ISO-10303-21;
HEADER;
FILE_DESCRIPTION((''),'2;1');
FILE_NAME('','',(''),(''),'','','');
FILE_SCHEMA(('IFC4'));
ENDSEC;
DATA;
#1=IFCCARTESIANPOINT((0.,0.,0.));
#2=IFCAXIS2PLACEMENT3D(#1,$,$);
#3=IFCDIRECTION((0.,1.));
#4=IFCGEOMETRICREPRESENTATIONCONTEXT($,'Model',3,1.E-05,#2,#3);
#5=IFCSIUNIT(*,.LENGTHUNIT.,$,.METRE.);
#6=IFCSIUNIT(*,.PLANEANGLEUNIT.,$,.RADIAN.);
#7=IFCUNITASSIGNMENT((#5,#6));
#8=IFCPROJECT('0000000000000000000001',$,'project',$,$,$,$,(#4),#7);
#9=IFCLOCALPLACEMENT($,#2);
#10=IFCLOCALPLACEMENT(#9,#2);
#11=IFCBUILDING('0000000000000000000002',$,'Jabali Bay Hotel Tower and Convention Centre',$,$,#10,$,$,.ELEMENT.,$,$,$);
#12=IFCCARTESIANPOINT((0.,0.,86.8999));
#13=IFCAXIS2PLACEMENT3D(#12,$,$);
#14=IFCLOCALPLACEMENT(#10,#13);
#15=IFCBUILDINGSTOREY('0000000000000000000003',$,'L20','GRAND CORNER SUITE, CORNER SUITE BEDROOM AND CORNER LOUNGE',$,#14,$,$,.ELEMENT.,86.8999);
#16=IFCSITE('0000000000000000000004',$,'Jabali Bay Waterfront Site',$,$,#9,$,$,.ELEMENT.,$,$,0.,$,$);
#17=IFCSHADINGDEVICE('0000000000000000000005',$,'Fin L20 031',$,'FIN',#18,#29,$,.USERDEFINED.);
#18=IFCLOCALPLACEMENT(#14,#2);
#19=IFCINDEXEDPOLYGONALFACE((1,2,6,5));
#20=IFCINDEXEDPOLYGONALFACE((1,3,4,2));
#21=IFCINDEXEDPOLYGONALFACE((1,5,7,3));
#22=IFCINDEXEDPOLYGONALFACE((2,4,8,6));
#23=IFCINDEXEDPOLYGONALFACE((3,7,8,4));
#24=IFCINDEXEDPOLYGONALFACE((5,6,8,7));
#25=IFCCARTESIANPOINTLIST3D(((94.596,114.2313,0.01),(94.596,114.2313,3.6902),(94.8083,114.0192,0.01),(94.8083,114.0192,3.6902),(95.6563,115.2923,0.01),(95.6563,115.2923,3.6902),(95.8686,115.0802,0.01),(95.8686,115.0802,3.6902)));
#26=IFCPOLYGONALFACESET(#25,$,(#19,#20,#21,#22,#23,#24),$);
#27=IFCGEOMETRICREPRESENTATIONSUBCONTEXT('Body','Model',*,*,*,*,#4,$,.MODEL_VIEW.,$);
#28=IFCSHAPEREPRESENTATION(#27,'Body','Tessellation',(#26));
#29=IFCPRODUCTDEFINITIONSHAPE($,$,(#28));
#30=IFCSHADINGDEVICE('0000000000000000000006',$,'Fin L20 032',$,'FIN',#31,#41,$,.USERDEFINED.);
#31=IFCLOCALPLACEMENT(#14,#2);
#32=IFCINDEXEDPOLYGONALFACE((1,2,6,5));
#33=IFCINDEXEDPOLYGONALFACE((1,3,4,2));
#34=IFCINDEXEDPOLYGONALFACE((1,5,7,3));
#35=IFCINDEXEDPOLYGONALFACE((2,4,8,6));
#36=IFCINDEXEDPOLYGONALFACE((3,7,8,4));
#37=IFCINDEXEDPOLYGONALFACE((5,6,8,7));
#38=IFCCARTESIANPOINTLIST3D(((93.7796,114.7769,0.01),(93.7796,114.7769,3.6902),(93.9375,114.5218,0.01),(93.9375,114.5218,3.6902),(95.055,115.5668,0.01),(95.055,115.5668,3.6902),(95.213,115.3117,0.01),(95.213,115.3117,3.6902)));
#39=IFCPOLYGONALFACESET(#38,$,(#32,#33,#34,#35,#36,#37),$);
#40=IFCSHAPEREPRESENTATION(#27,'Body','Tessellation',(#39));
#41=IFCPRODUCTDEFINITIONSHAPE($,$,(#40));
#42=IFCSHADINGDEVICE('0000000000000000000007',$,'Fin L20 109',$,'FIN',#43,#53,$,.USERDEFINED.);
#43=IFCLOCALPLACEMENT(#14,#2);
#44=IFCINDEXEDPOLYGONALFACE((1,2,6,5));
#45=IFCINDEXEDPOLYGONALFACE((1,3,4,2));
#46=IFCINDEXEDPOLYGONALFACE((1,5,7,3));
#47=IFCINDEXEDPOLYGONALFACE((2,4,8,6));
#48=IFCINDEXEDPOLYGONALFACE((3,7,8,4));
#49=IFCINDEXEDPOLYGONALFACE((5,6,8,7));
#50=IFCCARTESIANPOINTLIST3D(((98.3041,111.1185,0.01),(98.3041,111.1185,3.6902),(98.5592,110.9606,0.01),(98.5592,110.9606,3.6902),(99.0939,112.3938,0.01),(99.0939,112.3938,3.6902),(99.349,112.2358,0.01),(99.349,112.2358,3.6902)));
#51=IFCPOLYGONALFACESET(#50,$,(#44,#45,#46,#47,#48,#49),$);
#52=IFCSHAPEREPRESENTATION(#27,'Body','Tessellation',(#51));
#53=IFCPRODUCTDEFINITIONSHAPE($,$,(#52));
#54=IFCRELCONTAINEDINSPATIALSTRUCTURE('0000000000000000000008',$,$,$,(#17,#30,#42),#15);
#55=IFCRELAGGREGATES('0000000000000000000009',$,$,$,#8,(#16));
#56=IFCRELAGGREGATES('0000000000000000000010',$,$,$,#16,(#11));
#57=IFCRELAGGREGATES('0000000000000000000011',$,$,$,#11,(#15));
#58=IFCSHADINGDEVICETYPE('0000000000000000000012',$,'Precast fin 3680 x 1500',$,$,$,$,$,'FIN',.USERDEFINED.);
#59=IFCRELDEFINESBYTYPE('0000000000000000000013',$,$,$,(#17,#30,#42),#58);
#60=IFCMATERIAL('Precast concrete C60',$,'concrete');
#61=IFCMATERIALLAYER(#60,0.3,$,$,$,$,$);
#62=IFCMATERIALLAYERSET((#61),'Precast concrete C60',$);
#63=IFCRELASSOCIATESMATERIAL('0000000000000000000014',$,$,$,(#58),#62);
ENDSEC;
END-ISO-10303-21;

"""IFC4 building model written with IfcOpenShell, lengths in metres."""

from ifc_helpers import new_model, si_unit, direction, frame, frame_2d, origin, place, context, subcontext, project, spatial, rectangle, extrude, material, layer, layer_set, type_object, element, save


model = new_model("IFC4")

# Units and contexts
model_context = context("Model", 3, precision=1e-05, world=origin(), true_north=direction((0.0, 1.0)))
body_context = subcontext(model_context, "Body", "Model", "MODEL_VIEW")
ifc_project = project(units=[si_unit("LENGTHUNIT", "METRE"), si_unit("PLANEANGLEUNIT", "RADIAN")], contexts=[model_context])

# Site, building, storey
site_placement = place(None, origin())
site = spatial("IfcSite", under=ifc_project, at=site_placement, Name="Jabali Bay Waterfront Site", CompositionType="ELEMENT", RefElevation=0.0)
building_placement = place(site_placement, origin())
building = spatial("IfcBuilding", under=site, at=building_placement, Name="Jabali Bay Hotel Tower and Convention Centre", CompositionType="ELEMENT")
storey_placement = place(building_placement, frame((0.0, 0.0, 86.8999)))
storey = spatial("IfcBuildingStorey", under=building, at=storey_placement, Name="L20", Description="GRAND CORNER SUITE, CORNER SUITE BEDROOM AND CORNER LOUNGE", CompositionType="ELEMENT", Elevation=86.8999)

# Shading devices
ifc_material_1 = material(Name="Precast concrete C60", Category="concrete")
ifc_layer_1 = layer(ifc_material_1, 0.3)
ifc_layer_set_1 = layer_set([ifc_layer_1], Name="Precast concrete C60")
shading_device_type = type_object("IfcShadingDeviceType", Name="Precast fin 3680 x 1500", ElementType="FIN", PredefinedType="USERDEFINED", material=ifc_layer_set_1)
for number, where, z_axis, x_axis, name in (
    (1, (94.7021, 114.1252, 0.01), (0.0, 0.0, 1.0), (0.706863, 0.707351, 0.0), "Fin L20 031"),
):
    element("IfcShadingDevice", number, at=place(storey_placement, frame(where, z_axis=z_axis, x_axis=x_axis)), inside=storey, type_object=shading_device_type, Name=name, ObjectType="FIN", PredefinedType="USERDEFINED", context=body_context, shape_type="SweptSolid", body=[
        extrude(rectangle(XDim=1.5, YDim=0.3, at=frame_2d((0.75, 0.0))), origin(), (0.0, 0.0, 1.0), 3.6802),
    ])
shading_device_1_placement = place(storey_placement, frame((93.8586, 114.6494, 0.01), z_axis=(0.0, 0.0, 1.0), x_axis=(0.850185, 0.526483, 0.0)))
element("IfcShadingDevice", 2, at=shading_device_1_placement, inside=storey, type_object=shading_device_type, Name="Fin L20 032", ObjectType="FIN", PredefinedType="USERDEFINED", context=body_context, shape_type="SweptSolid", body=[
    extrude(rectangle(XDim=1.5002, YDim=0.3, at=frame_2d((0.75, 0.0))), origin(), (0.0, 0.0, 1.0), 3.6802),
])
shading_device_2_placement = place(storey_placement, frame((98.4316, 111.0396, 0.01), z_axis=(0.0, 0.0, 1.0), x_axis=(0.526556, 0.85014, 0.0)))
element("IfcShadingDevice", 3, at=shading_device_2_placement, inside=storey, type_object=shading_device_type, Name="Fin L20 109", ObjectType="FIN", PredefinedType="USERDEFINED", context=body_context, shape_type="SweptSolid", body=[
    extrude(rectangle(XDim=1.5, YDim=0.3, at=frame_2d((0.75, 0.0))), origin(), (0.0, 0.0, 1.0), 3.6802),
])

save(model, "model.ifc")
